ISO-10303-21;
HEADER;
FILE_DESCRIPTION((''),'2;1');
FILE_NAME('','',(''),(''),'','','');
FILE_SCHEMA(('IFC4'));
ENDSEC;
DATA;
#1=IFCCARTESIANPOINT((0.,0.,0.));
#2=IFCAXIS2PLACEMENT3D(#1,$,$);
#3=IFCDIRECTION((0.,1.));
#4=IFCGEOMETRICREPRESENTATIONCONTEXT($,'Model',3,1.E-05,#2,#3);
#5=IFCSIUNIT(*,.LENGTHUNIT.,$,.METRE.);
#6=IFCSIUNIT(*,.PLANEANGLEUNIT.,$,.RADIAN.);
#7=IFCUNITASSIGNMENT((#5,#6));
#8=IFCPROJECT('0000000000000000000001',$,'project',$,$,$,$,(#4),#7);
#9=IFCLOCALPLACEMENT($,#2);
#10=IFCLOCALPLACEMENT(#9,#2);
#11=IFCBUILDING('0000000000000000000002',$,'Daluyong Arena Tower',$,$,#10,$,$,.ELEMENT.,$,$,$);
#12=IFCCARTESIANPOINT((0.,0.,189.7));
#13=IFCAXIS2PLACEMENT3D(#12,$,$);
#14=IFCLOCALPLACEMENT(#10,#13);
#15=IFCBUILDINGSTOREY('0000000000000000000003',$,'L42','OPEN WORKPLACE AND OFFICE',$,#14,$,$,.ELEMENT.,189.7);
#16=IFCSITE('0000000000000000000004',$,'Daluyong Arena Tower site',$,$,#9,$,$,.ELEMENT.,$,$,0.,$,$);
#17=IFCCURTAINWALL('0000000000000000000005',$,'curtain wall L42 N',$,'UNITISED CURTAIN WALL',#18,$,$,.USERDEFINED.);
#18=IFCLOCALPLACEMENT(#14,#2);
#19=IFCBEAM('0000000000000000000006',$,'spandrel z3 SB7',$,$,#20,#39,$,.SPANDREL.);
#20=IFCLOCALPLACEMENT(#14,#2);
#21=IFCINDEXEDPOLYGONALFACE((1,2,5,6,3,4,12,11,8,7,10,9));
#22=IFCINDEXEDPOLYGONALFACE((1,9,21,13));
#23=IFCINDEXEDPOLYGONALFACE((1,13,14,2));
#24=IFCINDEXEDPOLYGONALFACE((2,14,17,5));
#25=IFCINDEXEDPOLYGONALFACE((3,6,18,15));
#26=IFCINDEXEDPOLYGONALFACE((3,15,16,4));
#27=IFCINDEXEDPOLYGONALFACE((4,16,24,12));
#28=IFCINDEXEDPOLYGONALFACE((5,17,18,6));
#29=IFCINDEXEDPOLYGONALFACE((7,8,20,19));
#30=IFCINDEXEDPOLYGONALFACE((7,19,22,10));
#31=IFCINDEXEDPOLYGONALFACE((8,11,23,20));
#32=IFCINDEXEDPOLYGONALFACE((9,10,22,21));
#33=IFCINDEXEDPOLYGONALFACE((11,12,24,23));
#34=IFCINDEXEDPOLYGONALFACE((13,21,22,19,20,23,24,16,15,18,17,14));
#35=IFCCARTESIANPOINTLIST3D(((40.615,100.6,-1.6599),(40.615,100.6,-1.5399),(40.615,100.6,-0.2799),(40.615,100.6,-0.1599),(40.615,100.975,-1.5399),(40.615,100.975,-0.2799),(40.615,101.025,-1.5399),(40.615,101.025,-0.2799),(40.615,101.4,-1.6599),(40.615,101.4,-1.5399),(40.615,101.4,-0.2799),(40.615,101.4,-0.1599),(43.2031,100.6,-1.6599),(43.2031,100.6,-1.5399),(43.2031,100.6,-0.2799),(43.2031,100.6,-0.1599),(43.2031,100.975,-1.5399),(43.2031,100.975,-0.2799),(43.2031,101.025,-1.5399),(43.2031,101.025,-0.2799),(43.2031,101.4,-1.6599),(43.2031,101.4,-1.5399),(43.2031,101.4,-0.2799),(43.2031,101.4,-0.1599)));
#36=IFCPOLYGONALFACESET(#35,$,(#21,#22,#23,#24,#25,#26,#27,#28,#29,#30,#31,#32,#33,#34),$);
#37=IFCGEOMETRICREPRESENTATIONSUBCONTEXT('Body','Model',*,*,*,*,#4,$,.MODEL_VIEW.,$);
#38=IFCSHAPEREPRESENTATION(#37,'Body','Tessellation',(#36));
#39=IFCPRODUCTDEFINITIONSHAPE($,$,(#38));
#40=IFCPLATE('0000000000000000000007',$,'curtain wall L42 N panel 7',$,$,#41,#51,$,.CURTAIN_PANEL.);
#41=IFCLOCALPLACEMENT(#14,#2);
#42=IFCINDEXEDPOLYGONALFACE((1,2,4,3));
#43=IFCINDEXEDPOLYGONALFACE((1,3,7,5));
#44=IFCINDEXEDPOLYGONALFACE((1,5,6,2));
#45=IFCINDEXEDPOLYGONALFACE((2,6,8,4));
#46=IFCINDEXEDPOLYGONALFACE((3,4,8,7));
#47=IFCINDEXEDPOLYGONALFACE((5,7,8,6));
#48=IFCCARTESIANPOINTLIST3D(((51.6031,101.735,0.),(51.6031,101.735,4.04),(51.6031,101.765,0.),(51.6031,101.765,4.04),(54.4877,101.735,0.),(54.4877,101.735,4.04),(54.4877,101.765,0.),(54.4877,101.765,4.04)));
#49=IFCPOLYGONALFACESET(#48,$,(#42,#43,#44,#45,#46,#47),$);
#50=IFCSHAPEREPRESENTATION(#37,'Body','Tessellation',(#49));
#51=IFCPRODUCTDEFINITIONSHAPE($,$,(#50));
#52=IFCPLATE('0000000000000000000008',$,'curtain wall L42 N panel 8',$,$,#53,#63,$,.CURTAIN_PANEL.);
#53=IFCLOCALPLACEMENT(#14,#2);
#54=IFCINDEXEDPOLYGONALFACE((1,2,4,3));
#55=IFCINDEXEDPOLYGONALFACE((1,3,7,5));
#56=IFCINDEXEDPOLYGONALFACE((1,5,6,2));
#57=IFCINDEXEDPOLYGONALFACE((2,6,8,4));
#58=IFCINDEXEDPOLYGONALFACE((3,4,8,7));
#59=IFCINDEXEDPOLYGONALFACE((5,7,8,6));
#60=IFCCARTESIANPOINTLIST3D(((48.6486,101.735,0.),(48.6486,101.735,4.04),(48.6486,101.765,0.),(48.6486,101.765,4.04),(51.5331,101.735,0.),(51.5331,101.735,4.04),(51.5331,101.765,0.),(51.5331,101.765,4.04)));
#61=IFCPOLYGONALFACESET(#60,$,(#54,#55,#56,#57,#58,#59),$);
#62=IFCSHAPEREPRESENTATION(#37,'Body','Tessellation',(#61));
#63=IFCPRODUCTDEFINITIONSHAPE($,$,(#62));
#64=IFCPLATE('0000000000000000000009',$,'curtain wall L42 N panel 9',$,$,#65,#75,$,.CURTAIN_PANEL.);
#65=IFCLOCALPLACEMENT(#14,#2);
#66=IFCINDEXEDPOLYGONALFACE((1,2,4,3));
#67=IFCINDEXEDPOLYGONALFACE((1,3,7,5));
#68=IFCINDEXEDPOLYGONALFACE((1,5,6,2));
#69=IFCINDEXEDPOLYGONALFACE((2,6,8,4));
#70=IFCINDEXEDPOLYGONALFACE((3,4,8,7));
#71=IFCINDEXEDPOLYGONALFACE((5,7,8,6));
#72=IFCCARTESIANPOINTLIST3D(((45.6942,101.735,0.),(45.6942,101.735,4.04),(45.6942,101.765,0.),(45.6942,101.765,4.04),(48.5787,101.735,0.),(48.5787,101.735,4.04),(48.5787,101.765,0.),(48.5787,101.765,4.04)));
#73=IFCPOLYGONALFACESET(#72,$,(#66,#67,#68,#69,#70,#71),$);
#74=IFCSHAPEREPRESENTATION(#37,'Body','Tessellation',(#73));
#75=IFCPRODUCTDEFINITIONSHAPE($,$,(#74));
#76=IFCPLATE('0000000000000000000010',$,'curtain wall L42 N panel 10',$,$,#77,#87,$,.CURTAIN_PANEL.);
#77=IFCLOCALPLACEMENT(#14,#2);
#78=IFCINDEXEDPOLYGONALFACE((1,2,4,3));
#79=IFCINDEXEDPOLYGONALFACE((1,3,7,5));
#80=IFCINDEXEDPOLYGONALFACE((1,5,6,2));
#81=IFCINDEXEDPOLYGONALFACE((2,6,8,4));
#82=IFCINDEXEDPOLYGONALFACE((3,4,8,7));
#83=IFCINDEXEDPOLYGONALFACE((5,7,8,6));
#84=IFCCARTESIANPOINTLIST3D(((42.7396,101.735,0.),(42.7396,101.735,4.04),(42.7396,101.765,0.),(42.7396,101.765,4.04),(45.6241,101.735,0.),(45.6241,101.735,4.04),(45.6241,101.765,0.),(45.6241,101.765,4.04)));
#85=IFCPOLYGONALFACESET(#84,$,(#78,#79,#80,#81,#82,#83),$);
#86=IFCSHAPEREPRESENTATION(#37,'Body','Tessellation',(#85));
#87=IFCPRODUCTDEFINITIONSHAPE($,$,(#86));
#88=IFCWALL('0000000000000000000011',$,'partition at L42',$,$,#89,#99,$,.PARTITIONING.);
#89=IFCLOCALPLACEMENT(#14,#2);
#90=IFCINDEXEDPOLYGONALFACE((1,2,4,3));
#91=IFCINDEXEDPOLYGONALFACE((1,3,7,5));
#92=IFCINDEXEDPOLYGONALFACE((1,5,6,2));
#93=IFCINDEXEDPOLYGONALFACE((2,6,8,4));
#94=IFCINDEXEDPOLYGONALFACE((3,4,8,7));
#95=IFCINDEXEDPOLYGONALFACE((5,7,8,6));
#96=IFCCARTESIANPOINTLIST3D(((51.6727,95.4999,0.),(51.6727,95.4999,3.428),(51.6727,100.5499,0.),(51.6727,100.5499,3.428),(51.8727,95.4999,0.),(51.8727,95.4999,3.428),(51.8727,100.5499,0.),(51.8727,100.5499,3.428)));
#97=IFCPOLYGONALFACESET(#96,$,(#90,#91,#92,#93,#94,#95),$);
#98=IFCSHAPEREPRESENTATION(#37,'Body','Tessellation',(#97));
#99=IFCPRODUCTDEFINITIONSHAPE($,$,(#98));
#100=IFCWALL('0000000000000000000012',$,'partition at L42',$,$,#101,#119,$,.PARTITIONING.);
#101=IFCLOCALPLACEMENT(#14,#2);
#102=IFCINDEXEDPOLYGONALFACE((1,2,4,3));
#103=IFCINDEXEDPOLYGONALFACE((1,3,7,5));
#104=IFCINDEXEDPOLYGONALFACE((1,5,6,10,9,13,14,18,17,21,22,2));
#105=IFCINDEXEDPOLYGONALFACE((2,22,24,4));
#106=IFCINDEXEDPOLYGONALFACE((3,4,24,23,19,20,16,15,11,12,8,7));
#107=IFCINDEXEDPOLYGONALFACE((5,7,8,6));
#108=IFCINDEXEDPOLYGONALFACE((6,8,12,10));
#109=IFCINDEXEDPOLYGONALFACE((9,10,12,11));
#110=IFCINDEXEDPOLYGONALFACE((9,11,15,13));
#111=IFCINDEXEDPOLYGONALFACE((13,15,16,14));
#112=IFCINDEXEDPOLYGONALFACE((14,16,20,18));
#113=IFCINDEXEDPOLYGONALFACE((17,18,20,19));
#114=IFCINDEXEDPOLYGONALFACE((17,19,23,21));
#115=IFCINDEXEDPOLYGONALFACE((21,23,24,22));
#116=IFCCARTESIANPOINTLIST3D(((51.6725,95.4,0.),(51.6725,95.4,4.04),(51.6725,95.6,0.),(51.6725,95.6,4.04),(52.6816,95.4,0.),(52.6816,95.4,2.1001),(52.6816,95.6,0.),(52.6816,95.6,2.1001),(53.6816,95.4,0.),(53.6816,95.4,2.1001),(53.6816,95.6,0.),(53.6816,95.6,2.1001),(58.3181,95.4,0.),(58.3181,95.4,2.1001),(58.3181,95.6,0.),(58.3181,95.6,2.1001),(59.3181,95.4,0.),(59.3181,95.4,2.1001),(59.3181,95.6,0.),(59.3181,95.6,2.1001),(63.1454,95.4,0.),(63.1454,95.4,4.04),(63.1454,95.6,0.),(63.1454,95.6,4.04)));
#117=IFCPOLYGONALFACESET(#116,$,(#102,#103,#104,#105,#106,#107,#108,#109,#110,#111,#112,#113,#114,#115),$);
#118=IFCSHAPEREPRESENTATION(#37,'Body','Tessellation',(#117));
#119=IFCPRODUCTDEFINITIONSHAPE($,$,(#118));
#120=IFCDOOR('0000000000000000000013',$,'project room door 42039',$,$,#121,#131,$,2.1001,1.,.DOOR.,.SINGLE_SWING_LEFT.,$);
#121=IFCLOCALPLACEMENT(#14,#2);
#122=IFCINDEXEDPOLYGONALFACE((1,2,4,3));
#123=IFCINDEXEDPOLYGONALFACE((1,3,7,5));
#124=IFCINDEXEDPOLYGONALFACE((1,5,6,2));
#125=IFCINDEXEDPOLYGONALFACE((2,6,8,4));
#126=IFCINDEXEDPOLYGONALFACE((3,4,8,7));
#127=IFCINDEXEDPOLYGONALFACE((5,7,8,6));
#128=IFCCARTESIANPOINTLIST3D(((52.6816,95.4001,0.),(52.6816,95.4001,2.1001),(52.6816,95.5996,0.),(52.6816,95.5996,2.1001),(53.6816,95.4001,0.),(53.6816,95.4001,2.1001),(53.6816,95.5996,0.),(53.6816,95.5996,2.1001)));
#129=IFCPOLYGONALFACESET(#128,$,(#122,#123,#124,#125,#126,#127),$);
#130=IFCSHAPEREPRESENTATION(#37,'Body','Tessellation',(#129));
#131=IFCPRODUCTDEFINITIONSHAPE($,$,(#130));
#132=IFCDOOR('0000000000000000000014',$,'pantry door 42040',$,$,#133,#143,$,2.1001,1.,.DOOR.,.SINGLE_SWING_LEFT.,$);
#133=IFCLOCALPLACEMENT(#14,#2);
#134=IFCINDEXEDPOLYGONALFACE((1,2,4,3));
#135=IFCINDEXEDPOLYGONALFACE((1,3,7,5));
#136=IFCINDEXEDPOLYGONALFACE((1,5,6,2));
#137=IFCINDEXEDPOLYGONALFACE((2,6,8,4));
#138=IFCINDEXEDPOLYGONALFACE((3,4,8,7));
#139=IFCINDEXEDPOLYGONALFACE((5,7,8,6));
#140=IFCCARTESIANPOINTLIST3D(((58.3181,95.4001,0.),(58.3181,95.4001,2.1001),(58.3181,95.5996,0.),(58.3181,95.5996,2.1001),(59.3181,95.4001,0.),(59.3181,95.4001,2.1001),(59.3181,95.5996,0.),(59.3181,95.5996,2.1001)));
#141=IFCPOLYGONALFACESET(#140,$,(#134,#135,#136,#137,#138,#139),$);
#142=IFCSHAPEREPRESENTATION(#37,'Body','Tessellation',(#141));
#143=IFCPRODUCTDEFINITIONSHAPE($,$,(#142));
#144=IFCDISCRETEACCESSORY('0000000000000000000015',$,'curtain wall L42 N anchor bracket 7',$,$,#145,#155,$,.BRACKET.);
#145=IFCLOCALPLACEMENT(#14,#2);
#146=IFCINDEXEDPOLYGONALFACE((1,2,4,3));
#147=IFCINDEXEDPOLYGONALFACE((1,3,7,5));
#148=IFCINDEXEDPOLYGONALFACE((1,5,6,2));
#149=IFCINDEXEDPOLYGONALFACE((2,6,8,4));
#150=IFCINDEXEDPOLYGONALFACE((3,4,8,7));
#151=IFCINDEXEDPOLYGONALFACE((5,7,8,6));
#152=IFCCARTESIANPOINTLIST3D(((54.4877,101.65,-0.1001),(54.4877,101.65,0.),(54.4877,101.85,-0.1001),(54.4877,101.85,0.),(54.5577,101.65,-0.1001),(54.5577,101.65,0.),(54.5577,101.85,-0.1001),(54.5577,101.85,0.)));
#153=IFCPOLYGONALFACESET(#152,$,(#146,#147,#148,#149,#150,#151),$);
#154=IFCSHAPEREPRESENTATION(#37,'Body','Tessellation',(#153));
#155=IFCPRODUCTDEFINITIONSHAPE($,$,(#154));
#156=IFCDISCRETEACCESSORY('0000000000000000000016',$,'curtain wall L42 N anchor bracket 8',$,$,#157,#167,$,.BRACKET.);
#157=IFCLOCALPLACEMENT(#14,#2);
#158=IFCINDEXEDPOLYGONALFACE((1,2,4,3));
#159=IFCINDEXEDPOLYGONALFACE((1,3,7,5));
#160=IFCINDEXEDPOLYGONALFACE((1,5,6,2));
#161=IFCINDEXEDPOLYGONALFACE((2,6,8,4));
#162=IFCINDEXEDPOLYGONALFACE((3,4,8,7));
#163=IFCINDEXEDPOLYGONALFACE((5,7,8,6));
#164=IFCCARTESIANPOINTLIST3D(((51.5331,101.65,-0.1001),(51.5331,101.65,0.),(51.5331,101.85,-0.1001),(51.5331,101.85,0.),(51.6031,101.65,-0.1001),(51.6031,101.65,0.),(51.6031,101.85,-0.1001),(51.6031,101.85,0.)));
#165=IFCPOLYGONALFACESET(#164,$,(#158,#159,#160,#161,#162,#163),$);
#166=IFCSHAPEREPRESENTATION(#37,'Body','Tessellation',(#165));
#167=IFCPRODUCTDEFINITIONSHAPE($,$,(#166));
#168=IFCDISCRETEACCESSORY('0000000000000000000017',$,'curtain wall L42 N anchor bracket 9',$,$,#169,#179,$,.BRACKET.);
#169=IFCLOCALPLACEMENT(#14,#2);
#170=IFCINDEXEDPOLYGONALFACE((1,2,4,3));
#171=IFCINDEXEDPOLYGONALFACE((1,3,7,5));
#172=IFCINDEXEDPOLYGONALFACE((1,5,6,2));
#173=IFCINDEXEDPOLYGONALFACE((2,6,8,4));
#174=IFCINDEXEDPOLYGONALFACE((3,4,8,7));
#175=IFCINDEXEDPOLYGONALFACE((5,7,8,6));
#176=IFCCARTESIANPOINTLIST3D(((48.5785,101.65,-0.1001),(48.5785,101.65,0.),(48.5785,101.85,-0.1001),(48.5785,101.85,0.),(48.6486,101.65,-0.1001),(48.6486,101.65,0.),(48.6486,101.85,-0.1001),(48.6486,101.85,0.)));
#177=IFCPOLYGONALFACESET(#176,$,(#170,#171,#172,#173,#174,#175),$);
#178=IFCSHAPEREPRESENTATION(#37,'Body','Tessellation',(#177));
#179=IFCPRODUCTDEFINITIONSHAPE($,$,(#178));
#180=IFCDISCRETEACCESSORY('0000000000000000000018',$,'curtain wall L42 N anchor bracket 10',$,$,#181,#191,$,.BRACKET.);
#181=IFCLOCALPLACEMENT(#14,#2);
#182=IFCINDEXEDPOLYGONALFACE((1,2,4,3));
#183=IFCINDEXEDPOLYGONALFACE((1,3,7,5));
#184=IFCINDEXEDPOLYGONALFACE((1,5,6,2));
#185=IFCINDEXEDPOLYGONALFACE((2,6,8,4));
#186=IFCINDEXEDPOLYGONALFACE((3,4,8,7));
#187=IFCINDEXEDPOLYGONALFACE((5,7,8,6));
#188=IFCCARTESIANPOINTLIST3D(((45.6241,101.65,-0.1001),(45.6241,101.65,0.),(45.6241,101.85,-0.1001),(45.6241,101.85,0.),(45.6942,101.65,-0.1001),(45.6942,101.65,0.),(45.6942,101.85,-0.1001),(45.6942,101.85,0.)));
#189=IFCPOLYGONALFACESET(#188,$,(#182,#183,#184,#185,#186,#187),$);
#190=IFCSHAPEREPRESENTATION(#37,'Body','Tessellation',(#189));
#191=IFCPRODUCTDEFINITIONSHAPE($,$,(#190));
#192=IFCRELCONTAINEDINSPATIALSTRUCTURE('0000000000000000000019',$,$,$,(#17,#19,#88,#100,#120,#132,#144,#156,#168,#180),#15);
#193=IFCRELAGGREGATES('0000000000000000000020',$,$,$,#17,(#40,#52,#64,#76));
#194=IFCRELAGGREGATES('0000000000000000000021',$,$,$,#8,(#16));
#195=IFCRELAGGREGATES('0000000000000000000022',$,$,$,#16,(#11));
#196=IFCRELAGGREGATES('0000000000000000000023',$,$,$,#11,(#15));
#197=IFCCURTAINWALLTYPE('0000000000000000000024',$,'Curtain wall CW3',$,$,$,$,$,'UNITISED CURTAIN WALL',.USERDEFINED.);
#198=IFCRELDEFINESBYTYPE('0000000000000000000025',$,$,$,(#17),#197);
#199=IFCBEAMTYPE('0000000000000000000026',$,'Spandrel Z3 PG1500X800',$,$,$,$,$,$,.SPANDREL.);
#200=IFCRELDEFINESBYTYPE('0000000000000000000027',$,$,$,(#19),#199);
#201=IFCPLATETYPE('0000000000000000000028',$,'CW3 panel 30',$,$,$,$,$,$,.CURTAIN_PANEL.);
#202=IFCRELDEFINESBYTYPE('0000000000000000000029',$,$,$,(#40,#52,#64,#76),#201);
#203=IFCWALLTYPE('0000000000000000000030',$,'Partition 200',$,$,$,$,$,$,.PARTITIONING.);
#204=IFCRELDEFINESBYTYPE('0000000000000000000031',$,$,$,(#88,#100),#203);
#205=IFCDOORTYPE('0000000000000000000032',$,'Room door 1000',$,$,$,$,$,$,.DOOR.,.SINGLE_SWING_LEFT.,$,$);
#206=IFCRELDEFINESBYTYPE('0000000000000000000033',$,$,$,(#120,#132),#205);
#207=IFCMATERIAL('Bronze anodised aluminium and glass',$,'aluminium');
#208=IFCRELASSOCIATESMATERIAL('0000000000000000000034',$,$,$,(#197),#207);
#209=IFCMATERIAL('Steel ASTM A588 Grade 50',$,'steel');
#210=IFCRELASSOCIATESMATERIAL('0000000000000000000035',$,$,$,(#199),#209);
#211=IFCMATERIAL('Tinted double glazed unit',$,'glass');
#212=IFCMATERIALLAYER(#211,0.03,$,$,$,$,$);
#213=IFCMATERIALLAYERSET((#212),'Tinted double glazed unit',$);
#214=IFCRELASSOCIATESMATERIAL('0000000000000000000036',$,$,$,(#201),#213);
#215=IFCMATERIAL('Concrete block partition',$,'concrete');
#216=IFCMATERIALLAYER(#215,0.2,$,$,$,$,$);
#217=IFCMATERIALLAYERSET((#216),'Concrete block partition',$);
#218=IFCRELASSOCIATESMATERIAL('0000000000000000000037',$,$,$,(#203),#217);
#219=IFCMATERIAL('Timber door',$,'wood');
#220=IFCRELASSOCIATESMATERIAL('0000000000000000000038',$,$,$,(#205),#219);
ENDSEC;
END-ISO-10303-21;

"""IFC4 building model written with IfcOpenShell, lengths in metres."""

from ifc_helpers import new_model, si_unit, direction, frame, frame_2d, origin, origin_2d, place, context, subcontext, project, spatial, rectangle, i_section, extrude, material, layer, layer_set, material_profile, profile_set, type_object, element, fill, aggregate, save


model = new_model("IFC4")

# Units and contexts
model_context = context("Model", 3, precision=1e-05, world=origin(), true_north=direction((0.0, 1.0)))
body_context = subcontext(model_context, "Body", "Model", "MODEL_VIEW")
ifc_project = project(units=[si_unit("LENGTHUNIT", "METRE"), si_unit("PLANEANGLEUNIT", "RADIAN")], contexts=[model_context])

# Site, building, storey
site_placement = place(None, origin())
site = spatial("IfcSite", under=ifc_project, at=site_placement, Name="Daluyong Arena Tower site", CompositionType="ELEMENT", RefElevation=0.0)
building_placement = place(site_placement, origin())
building = spatial("IfcBuilding", under=site, at=building_placement, Name="Daluyong Arena Tower", CompositionType="ELEMENT")
storey_placement = place(building_placement, frame((0.0, 0.0, 189.7)))
storey = spatial("IfcBuildingStorey", under=building, at=storey_placement, Name="L42", Description="OPEN WORKPLACE AND OFFICE", CompositionType="ELEMENT", Elevation=189.7)

# Curtain wall
ifc_material_1 = material(Name="Bronze anodised aluminium and glass", Category="aluminium")
curtain_wall_type = type_object("IfcCurtainWallType", Name="Curtain wall CW3", ElementType="UNITISED CURTAIN WALL", PredefinedType="USERDEFINED", material=ifc_material_1)
curtain_wall_placement = place(storey_placement, origin())
curtain_wall = element("IfcCurtainWall", 1, at=curtain_wall_placement, inside=storey, type_object=curtain_wall_type, Name="curtain wall L42 N", ObjectType="UNITISED CURTAIN WALL", PredefinedType="USERDEFINED")

# Beam
ifc_material_2 = material(Name="Steel ASTM A588 Grade 50", Category="steel")
ifc_material_profile_1 = material_profile(ifc_material_2, i_section(OverallWidth=0.8, OverallDepth=1.5, WebThickness=0.05, FlangeThickness=0.12, at=origin_2d()))
ifc_profile_set_1 = profile_set([ifc_material_profile_1], Name="Steel ASTM A588 Grade 50")
beam_type_1 = type_object("IfcBeamType", Name="Spandrel Z3 PG1500X800", PredefinedType="SPANDREL", material=ifc_profile_set_1)
beam_1_placement = place(storey_placement, frame((43.2031, 101.0, -0.9099), z_axis=(-1.0, 0.0, 0.0), x_axis=(0.0, -1.0, 0.0)))
element("IfcBeam", 2, at=beam_1_placement, inside=storey, type_object=beam_type_1, Name="spandrel z3 SB7", PredefinedType="SPANDREL", context=body_context, shape_type="SweptSolid", body=[
    extrude(i_section(OverallWidth=0.8, OverallDepth=1.5, WebThickness=0.05, FlangeThickness=0.12, at=origin_2d()), origin(), (0.0, 0.0, 1.0), 2.5881),
])

# Plates
ifc_material_3 = material(Name="Tinted double glazed unit", Category="glass")
ifc_layer_1 = layer(ifc_material_3, 0.03)
ifc_layer_set_1 = layer_set([ifc_layer_1], Name="Tinted double glazed unit")
plate_type = type_object("IfcPlateType", Name="CW3 panel 30", PredefinedType="CURTAIN_PANEL", material=ifc_layer_set_1)
plate_1_placement = place(storey_placement, frame((53.0454, 101.75, 0.0), z_axis=(0.0, 0.0, 1.0), x_axis=(-1.0, 0.0, 0.0)))
plate_1 = element("IfcPlate", 3, at=plate_1_placement, type_object=plate_type, Name="curtain wall L42 N panel 7", PredefinedType="CURTAIN_PANEL", context=body_context, shape_type="SweptSolid", body=[
    extrude(rectangle(XDim=2.8845, YDim=0.03, at=origin_2d()), origin(), (0.0, 0.0, 1.0), 4.04),
])
plate_2_placement = place(storey_placement, frame((50.0908, 101.75, 0.0), z_axis=(0.0, 0.0, 1.0), x_axis=(-1.0, 0.0, 0.0)))
plate_2 = element("IfcPlate", 4, at=plate_2_placement, type_object=plate_type, Name="curtain wall L42 N panel 8", PredefinedType="CURTAIN_PANEL", context=body_context, shape_type="SweptSolid", body=[
    extrude(rectangle(XDim=2.8845, YDim=0.03, at=origin_2d()), origin(), (0.0, 0.0, 1.0), 4.04),
])
plate_3_placement = place(storey_placement, frame((47.1365, 101.75, 0.0), z_axis=(0.0, 0.0, 1.0), x_axis=(-1.0, 0.0, 0.0)))
plate_3 = element("IfcPlate", 5, at=plate_3_placement, type_object=plate_type, Name="curtain wall L42 N panel 9", PredefinedType="CURTAIN_PANEL", context=body_context, shape_type="SweptSolid", body=[
    extrude(rectangle(XDim=2.8845, YDim=0.03, at=origin_2d()), origin(), (0.0, 0.0, 1.0), 4.04),
])
plate_4_placement = place(storey_placement, frame((44.1819, 101.75, 0.0), z_axis=(0.0, 0.0, 1.0), x_axis=(-1.0, 0.0, 0.0)))
plate_4 = element("IfcPlate", 6, at=plate_4_placement, type_object=plate_type, Name="curtain wall L42 N panel 10", PredefinedType="CURTAIN_PANEL", context=body_context, shape_type="SweptSolid", body=[
    extrude(rectangle(XDim=2.8845, YDim=0.03, at=origin_2d()), origin(), (0.0, 0.0, 1.0), 4.04),
])
aggregate(curtain_wall, [plate_1, plate_2, plate_3, plate_4])

# Wall
ifc_material_4 = material(Name="Concrete block partition", Category="concrete")
ifc_layer_2 = layer(ifc_material_4, 0.2)
ifc_layer_set_2 = layer_set([ifc_layer_2], Name="Concrete block partition")
wall_type = type_object("IfcWallType", Name="Partition 200", PredefinedType="PARTITIONING", material=ifc_layer_set_2)
wall_1_placement = place(storey_placement, frame((51.7727, 95.5, 0.0), z_axis=(0.0, 0.0, 1.0), x_axis=(0.0, 1.0, 0.0)))
element("IfcWall", 7, at=wall_1_placement, inside=storey, type_object=wall_type, Name="partition at L42", PredefinedType="PARTITIONING", context=body_context, shape_type="SweptSolid", body=[
    extrude(rectangle(XDim=5.05, YDim=0.2, at=frame_2d((2.5249, 0.0))), origin(), (0.0, 0.0, 1.0), 3.428),
])

# Wall, openings, doors
wall_2_placement = place(storey_placement, frame((51.6726, 95.5, 0.0), z_axis=(0.0, 0.0, 1.0), x_axis=(1.0, 0.0, 0.0)))
wall_2 = element("IfcWall", 8, at=wall_2_placement, inside=storey, type_object=wall_type, Name="partition at L42", PredefinedType="PARTITIONING", context=body_context, shape_type="SweptSolid", body=[
    extrude(rectangle(XDim=11.4729, YDim=0.2, at=frame_2d((5.7363, 0.0))), origin(), (0.0, 0.0, 1.0), 4.04),
])
opening_1_placement = place(wall_2_placement, frame((1.009, 0.0, 0.0)))
opening_1 = element("IfcOpeningElement", 9, at=opening_1_placement, cuts=wall_2, PredefinedType="OPENING", context=body_context, shape_type="SweptSolid", body=[
    extrude(rectangle(XDim=1.0, YDim=2.1001, at=frame_2d((0.5, 1.05))), frame((0.0, 0.1099, 0.0), z_axis=(0.0, -1.0, 0.0), x_axis=(1.0, 0.0, 0.0)), (0.0, 0.0, 1.0), 0.22),
])
opening_2_placement = place(wall_2_placement, frame((6.6455, 0.0, 0.0)))
opening_2 = element("IfcOpeningElement", 10, at=opening_2_placement, cuts=wall_2, PredefinedType="OPENING", context=body_context, shape_type="SweptSolid", body=[
    extrude(rectangle(XDim=1.0, YDim=2.1001, at=frame_2d((0.5, 1.05))), frame((0.0, 0.1099, 0.0), z_axis=(0.0, -1.0, 0.0), x_axis=(1.0, 0.0, 0.0)), (0.0, 0.0, 1.0), 0.22),
])
ifc_material_5 = material(Name="Timber door", Category="wood")
door_type = type_object("IfcDoorType", Name="Room door 1000", OperationType="SINGLE_SWING_LEFT", PredefinedType="DOOR", material=ifc_material_5)
door_1_placement = place(opening_1_placement, origin())
door_1 = element("IfcDoor", 11, at=door_1_placement, inside=storey, type_object=door_type, Name="project room door 42039", OperationType="SINGLE_SWING_LEFT", OverallHeight=2.1001, OverallWidth=1.0, PredefinedType="DOOR", context=body_context, shape_type="SweptSolid", body=[
    extrude(rectangle(XDim=1.0, YDim=2.1001, at=frame_2d((0.5, 1.05))), frame((0.0, 0.0996, 0.0), z_axis=(0.0, -1.0, 0.0), x_axis=(1.0, 0.0, 0.0)), (0.0, 0.0, 1.0), 0.1995),
])
fill(opening_1, door_1)
door_2_placement = place(opening_2_placement, origin())
door_2 = element("IfcDoor", 12, at=door_2_placement, inside=storey, type_object=door_type, Name="pantry door 42040", OperationType="SINGLE_SWING_LEFT", OverallHeight=2.1001, OverallWidth=1.0, PredefinedType="DOOR", context=body_context, shape_type="SweptSolid", body=[
    extrude(rectangle(XDim=1.0, YDim=2.1001, at=frame_2d((0.5, 1.05))), frame((0.0, 0.0996, 0.0), z_axis=(0.0, -1.0, 0.0), x_axis=(1.0, 0.0, 0.0)), (0.0, 0.0, 1.0), 0.1995),
])
fill(opening_2, door_2)

# Discrete accessories
for number, where, z_axis, x_axis, name in (
    (13, (54.5227, 101.75, -0.1001), (0.0, 0.0, 1.0), (-1.0, 0.0, 0.0), "curtain wall L42 N anchor bracket 7"),
    (14, (51.5681, 101.75, -0.1001), (0.0, 0.0, 1.0), (-1.0, 0.0, 0.0), "curtain wall L42 N anchor bracket 8"),
    (15, (48.6135, 101.75, -0.1001), (0.0, 0.0, 1.0), (-1.0, 0.0, 0.0), "curtain wall L42 N anchor bracket 9"),
    (16, (45.6592, 101.75, -0.1001), (0.0, 0.0, 1.0), (-1.0, 0.0, 0.0), "curtain wall L42 N anchor bracket 10"),
):
    element("IfcDiscreteAccessory", number, at=place(storey_placement, frame(where, z_axis=z_axis, x_axis=x_axis)), inside=storey, Name=name, PredefinedType="BRACKET", context=body_context, shape_type="SweptSolid", body=[
        extrude(rectangle(XDim=0.0701, YDim=0.2, at=origin_2d()), origin(), (0.0, 0.0, 1.0), 0.1001),
    ])

save(model, "model.ifc")
